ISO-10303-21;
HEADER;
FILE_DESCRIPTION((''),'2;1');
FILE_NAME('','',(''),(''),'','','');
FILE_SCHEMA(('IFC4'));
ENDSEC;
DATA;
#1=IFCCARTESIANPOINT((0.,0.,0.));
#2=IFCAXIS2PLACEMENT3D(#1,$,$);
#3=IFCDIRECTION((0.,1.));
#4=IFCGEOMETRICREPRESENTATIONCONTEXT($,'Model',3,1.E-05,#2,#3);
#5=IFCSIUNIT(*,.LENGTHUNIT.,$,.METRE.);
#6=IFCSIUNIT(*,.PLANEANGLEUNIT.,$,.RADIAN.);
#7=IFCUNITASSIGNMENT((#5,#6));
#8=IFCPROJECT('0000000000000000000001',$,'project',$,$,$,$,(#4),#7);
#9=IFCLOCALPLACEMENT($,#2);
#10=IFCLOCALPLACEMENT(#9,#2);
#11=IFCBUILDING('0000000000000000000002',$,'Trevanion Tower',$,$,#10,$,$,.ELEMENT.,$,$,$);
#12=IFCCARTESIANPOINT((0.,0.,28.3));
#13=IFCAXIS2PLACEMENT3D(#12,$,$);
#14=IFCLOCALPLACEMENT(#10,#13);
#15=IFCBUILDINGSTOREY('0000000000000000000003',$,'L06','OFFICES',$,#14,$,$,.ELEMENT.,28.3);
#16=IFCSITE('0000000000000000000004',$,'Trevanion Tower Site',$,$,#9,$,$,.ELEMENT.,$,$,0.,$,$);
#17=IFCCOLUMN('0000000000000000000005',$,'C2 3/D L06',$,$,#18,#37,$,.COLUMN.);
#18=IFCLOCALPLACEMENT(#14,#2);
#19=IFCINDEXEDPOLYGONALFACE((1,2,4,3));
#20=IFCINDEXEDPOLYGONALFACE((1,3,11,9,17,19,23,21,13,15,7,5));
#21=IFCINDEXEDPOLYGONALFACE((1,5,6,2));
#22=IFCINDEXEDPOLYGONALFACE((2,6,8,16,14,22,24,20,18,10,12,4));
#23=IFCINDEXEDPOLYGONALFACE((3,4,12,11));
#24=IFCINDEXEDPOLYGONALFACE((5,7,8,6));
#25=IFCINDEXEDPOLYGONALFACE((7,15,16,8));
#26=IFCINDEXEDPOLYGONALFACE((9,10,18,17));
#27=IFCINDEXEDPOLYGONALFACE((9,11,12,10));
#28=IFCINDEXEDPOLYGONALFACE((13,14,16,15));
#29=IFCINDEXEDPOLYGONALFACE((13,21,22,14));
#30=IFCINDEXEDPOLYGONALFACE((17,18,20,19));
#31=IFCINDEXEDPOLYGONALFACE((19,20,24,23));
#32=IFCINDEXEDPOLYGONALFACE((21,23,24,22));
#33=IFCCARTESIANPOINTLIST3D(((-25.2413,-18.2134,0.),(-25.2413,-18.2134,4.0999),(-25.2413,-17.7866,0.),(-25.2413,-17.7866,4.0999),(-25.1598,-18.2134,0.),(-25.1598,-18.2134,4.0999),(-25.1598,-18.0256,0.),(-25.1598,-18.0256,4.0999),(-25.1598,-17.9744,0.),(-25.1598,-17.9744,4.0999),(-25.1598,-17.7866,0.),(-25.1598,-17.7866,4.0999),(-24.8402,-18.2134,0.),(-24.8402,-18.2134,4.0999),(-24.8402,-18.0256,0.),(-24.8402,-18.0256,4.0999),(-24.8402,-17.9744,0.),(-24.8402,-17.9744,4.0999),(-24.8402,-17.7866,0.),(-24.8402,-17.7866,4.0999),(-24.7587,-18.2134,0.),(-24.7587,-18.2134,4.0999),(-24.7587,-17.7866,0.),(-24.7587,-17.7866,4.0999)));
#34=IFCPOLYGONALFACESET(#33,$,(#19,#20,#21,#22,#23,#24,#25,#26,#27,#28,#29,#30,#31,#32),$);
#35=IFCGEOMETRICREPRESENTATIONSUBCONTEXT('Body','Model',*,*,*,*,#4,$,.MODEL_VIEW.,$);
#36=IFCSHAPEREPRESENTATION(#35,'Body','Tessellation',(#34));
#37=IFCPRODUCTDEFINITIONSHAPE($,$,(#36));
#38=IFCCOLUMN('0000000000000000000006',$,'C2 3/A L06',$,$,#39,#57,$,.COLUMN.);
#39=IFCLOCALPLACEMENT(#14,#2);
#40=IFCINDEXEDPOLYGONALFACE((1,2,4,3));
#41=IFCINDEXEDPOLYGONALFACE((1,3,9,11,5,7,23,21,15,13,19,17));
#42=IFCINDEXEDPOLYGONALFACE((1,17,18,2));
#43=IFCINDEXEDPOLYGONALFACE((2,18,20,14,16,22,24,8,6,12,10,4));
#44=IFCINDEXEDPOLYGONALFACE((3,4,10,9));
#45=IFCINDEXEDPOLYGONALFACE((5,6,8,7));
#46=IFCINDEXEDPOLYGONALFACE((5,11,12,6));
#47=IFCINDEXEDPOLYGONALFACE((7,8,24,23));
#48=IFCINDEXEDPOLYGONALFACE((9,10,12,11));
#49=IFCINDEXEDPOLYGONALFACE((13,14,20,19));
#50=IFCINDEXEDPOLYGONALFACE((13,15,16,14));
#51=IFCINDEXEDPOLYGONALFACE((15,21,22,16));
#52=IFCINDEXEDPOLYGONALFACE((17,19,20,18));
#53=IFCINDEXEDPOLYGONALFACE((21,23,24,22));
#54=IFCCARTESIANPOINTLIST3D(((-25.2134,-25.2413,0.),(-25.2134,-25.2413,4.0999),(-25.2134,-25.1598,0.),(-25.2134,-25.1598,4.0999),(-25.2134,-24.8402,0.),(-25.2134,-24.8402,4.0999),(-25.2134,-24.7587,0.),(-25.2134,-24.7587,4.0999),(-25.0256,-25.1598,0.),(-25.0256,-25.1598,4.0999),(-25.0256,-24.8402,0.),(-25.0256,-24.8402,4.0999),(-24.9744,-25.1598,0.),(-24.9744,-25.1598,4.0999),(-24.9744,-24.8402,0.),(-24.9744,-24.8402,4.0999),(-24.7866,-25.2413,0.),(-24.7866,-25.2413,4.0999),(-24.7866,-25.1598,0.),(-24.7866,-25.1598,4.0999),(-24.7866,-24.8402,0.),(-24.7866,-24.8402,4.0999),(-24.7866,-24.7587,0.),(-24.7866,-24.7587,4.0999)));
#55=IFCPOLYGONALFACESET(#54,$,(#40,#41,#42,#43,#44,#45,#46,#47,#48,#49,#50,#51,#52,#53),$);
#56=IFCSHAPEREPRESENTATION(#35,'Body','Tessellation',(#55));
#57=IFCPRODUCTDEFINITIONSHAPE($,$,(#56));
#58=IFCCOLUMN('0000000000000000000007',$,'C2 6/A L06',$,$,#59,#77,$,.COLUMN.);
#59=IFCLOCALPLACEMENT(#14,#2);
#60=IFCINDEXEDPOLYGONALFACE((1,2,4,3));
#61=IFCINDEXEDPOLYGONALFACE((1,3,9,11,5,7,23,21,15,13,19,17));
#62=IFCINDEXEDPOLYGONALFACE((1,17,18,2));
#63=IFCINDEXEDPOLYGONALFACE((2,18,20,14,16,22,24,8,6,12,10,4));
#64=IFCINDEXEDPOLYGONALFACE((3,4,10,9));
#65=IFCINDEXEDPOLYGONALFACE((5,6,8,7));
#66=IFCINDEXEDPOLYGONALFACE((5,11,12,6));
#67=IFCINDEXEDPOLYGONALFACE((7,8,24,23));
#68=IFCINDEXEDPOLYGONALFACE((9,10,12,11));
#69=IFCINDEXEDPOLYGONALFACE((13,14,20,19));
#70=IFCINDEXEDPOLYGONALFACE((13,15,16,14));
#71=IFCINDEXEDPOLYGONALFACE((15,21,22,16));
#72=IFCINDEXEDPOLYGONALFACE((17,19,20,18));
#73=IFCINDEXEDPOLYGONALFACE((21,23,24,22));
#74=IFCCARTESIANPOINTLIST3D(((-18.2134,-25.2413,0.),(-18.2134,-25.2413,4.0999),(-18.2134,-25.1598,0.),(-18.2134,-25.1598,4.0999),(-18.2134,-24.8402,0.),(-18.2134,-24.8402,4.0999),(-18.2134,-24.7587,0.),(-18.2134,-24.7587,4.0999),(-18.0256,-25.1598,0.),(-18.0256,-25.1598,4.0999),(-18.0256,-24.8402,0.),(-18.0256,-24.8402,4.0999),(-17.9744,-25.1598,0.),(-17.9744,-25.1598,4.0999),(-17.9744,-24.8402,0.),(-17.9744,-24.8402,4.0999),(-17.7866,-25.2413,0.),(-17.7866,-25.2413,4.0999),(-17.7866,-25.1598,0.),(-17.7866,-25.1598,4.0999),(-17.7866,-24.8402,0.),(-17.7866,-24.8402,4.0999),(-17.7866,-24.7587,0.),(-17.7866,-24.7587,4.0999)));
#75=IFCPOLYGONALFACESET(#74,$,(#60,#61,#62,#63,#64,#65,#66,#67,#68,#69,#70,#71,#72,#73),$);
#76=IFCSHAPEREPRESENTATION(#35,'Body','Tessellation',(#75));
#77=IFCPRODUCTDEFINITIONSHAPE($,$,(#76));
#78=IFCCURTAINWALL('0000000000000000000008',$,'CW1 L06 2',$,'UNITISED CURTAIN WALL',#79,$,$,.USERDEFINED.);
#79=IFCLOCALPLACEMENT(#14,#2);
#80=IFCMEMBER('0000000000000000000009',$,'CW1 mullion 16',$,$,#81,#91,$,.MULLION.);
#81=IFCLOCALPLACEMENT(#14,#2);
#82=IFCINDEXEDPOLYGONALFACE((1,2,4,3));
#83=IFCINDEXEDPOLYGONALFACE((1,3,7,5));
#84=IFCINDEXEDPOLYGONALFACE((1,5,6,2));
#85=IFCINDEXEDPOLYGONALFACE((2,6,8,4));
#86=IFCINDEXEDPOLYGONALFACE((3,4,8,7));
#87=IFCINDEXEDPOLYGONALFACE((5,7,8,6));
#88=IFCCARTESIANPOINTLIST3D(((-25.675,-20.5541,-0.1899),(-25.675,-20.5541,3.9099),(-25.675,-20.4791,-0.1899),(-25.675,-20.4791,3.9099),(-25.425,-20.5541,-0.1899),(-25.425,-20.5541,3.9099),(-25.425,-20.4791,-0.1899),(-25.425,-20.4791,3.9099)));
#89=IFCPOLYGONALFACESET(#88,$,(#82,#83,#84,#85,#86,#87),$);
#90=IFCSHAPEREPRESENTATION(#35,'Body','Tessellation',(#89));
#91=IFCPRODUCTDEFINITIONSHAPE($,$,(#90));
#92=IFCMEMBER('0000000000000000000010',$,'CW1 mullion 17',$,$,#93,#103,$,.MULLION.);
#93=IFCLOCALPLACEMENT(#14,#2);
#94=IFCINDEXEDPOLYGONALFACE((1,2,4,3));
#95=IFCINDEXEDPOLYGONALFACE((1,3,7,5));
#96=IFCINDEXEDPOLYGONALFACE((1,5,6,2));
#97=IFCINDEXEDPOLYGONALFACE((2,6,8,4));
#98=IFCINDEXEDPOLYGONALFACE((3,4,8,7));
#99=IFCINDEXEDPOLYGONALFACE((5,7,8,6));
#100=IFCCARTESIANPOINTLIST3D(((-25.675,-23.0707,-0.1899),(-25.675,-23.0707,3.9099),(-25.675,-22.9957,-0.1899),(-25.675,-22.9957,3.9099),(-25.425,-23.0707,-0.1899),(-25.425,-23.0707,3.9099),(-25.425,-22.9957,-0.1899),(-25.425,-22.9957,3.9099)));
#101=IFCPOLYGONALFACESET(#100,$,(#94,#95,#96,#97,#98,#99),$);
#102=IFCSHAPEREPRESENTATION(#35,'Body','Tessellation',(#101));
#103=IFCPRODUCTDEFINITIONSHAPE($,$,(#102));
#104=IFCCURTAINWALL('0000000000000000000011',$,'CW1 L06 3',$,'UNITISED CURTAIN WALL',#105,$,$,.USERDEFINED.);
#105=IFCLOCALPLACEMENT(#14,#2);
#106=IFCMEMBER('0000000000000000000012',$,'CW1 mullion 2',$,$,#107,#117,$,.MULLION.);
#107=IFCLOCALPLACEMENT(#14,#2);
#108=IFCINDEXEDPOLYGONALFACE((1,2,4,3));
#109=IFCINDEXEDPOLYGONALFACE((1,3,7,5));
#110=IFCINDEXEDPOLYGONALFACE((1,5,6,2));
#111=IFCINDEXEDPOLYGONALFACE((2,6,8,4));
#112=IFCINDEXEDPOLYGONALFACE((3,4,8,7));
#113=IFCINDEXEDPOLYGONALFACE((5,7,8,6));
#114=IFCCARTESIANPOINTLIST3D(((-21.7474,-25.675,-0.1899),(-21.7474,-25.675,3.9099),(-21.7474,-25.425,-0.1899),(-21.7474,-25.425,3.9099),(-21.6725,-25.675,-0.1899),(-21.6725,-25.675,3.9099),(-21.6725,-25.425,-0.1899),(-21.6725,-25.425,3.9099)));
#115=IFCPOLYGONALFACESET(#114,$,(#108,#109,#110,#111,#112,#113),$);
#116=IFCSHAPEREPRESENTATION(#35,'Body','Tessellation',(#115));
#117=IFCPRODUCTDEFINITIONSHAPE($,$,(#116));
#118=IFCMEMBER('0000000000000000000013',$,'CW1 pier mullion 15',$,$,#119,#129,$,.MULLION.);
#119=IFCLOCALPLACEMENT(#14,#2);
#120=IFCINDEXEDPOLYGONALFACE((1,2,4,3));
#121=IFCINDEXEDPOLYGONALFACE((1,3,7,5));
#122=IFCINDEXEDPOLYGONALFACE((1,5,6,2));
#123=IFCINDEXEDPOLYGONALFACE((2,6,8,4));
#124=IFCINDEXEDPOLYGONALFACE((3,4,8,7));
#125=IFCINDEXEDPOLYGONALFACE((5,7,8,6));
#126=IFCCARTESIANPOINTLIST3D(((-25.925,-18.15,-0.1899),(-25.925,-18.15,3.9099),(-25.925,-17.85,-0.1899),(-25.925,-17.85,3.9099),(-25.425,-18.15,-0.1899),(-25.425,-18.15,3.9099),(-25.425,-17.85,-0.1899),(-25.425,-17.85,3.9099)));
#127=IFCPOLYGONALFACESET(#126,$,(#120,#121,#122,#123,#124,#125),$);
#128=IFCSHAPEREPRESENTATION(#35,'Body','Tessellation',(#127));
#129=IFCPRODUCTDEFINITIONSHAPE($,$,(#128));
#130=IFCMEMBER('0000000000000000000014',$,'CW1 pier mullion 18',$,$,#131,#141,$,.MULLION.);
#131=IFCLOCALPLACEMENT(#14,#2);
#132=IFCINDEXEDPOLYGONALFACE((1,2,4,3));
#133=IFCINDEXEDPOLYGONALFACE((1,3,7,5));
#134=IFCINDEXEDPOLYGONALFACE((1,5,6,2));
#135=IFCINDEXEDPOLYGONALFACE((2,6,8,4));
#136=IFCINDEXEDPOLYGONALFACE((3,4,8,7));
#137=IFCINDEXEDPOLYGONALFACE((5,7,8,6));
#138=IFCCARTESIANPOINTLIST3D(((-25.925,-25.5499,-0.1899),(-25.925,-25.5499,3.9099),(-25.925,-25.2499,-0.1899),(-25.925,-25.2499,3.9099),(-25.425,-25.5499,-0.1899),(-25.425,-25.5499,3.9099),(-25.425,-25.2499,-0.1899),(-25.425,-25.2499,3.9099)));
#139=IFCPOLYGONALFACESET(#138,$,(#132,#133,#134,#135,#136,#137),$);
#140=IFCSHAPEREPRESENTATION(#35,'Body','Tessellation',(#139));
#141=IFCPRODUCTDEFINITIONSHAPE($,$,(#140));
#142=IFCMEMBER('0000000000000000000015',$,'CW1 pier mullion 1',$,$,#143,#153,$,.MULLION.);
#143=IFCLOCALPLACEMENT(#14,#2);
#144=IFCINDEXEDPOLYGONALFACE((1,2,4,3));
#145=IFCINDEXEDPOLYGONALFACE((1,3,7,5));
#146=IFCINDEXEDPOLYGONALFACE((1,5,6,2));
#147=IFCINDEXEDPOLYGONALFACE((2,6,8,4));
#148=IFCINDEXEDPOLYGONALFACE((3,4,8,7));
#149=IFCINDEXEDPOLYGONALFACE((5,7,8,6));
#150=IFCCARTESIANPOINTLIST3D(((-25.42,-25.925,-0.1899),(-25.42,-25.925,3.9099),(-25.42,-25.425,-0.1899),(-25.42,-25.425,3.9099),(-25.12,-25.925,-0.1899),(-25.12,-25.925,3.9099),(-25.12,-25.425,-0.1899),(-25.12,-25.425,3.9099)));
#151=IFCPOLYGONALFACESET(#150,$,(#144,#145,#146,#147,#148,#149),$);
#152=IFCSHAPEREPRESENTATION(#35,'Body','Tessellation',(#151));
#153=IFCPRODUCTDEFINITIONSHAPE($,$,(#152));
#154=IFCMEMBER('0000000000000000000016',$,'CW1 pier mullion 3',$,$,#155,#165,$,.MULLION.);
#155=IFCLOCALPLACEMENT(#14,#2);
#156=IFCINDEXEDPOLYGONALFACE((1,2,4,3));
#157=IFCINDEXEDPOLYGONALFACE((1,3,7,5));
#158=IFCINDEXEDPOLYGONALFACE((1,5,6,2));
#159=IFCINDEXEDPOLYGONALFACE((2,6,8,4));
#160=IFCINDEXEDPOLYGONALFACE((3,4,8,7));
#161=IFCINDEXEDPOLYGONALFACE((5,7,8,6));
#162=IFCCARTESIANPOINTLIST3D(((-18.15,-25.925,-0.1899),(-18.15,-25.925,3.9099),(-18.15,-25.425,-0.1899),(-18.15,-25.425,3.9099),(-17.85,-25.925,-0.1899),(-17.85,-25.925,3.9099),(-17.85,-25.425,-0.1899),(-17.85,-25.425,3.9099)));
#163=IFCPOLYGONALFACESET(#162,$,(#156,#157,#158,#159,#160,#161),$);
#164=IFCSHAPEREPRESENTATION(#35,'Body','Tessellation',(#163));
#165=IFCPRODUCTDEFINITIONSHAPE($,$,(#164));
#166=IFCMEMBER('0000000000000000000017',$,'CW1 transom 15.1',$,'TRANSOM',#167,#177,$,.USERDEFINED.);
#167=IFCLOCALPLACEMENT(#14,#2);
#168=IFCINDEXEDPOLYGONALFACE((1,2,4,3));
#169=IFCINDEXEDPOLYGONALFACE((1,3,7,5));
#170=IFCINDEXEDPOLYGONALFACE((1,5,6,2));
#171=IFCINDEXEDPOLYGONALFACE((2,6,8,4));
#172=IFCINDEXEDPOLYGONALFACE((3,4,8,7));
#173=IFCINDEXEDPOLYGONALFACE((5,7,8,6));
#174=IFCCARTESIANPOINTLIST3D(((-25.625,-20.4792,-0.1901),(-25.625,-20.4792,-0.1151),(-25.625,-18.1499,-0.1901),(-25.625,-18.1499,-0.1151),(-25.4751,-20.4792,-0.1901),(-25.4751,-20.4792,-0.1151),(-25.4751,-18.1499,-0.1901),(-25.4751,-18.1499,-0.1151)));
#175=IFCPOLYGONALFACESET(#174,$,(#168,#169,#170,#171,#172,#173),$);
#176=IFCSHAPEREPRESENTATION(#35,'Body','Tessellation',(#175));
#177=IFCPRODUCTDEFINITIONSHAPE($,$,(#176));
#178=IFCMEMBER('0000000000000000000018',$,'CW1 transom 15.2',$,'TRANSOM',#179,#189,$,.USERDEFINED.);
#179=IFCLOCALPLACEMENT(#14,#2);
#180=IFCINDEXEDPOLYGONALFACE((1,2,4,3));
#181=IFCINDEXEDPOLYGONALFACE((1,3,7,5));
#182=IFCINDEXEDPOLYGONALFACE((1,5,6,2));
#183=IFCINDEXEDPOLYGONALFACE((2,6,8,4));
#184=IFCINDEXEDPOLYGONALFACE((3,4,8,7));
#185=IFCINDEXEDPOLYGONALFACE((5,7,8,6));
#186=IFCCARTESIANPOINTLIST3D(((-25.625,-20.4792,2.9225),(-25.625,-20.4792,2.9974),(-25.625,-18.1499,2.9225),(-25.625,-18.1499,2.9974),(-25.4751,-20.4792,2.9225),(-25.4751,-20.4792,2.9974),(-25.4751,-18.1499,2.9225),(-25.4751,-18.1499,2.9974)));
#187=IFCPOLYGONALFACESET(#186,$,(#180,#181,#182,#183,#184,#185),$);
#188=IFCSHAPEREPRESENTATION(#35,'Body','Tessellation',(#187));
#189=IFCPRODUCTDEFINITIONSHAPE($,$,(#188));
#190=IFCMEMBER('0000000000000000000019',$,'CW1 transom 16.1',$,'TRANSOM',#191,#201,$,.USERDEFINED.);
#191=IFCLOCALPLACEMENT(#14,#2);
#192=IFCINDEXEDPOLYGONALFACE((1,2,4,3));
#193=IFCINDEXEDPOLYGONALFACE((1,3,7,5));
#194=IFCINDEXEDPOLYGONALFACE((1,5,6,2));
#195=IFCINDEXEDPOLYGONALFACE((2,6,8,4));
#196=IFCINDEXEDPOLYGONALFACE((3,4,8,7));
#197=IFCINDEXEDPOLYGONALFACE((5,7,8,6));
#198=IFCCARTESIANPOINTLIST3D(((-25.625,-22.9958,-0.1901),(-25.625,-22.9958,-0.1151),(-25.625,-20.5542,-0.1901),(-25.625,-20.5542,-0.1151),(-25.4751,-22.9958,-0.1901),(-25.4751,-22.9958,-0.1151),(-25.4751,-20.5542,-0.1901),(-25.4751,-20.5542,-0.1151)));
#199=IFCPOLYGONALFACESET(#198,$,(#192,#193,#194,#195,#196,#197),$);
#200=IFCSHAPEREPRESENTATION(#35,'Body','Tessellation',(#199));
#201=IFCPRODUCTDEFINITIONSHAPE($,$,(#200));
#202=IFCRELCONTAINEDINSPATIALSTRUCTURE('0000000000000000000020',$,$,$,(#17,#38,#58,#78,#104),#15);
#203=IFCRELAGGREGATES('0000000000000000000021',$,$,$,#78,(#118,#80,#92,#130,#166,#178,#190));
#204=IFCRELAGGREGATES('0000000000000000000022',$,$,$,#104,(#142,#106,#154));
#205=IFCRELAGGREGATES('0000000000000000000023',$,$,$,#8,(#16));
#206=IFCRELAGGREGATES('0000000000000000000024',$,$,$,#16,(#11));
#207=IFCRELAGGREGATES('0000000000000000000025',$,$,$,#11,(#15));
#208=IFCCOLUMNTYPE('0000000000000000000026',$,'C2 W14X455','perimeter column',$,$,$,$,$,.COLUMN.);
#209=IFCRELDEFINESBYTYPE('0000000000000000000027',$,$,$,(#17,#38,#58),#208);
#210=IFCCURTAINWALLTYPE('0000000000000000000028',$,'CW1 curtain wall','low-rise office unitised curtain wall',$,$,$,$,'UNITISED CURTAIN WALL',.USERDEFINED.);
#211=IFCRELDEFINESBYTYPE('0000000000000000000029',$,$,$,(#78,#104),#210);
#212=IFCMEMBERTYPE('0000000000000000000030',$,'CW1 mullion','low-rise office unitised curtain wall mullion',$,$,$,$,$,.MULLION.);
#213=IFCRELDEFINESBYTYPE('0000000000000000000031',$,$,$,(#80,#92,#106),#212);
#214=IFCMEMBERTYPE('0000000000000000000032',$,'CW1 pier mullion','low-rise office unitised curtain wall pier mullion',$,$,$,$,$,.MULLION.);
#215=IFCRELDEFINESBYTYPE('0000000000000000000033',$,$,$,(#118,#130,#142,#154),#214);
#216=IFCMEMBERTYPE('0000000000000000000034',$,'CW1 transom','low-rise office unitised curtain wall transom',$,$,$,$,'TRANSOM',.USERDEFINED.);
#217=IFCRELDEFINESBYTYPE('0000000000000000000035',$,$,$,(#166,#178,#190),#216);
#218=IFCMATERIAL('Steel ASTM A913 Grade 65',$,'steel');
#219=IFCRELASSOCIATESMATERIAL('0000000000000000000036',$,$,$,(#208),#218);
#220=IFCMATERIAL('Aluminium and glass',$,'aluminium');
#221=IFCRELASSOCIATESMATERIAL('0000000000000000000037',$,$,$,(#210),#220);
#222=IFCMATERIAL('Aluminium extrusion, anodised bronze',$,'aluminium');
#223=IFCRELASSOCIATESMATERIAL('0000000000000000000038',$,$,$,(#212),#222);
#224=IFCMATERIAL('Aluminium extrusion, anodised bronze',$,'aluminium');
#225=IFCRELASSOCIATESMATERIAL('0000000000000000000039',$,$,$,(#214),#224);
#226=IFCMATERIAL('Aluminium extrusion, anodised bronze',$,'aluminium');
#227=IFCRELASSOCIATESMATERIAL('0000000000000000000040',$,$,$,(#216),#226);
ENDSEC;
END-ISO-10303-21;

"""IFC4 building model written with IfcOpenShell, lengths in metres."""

from ifc_helpers import new_model, si_unit, direction, frame, origin, origin_2d, place, context, subcontext, project, spatial, rectangle, i_section, extrude, material, material_profile, profile_set, type_object, element, aggregate, save


model = new_model("IFC4")

# Units and contexts
model_context = context("Model", 3, precision=1e-05, world=origin(), true_north=direction((0.0, 1.0)))
body_context = subcontext(model_context, "Body", "Model", "MODEL_VIEW")
ifc_project = project(units=[si_unit("LENGTHUNIT", "METRE"), si_unit("PLANEANGLEUNIT", "RADIAN")], contexts=[model_context])

# Site, building, storey
site_placement = place(None, origin())
site = spatial("IfcSite", under=ifc_project, at=site_placement, Name="Trevanion Tower Site", CompositionType="ELEMENT", RefElevation=0.0)
building_placement = place(site_placement, origin())
building = spatial("IfcBuilding", under=site, at=building_placement, Name="Trevanion Tower", CompositionType="ELEMENT")
storey_placement = place(building_placement, frame((0.0, 0.0, 28.3)))
storey = spatial("IfcBuildingStorey", under=building, at=storey_placement, Name="L06", Description="OFFICES", CompositionType="ELEMENT", Elevation=28.3)

# Columns
ifc_material_1 = material(Name="Steel ASTM A913 Grade 65", Category="steel")
ifc_material_profile_1 = material_profile(ifc_material_1, i_section(OverallWidth=0.4268, OverallDepth=0.4827, WebThickness=0.0513, FlangeThickness=0.0815, at=origin_2d()), Name="W14X455")
ifc_profile_set_1 = profile_set([ifc_material_profile_1], Name="Steel ASTM A913 Grade 65")
column_type = type_object("IfcColumnType", Name="C2 W14X455", Description="perimeter column", PredefinedType="COLUMN", material=ifc_profile_set_1)
for number, where, z_axis, x_axis, name in (
    (1, (-25.0, -18.0, 0.0), (0.0, 0.0, 1.0), (0.0, 1.0, 0.0), "C2 3/D L06"),
    (2, (-25.0, -25.0, 0.0), (0.0, 0.0, 1.0), (1.0, 0.0, 0.0), "C2 3/A L06"),
    (3, (-18.0, -25.0, 0.0), (0.0, 0.0, 1.0), (1.0, 0.0, 0.0), "C2 6/A L06"),
):
    element("IfcColumn", number, at=place(storey_placement, frame(where, z_axis=z_axis, x_axis=x_axis)), inside=storey, type_object=column_type, Name=name, PredefinedType="COLUMN", context=body_context, shape_type="SweptSolid", body=[
        extrude(i_section(OverallWidth=0.4268, OverallDepth=0.4827, WebThickness=0.0513, FlangeThickness=0.0815, at=origin_2d()), origin(), (0.0, 0.0, 1.0), 4.0999),
    ])

# Curtain wall, members
ifc_material_2 = material(Name="Aluminium and glass", Category="aluminium")
curtain_wall_type = type_object("IfcCurtainWallType", Name="CW1 curtain wall", Description="low-rise office unitised curtain wall", ElementType="UNITISED CURTAIN WALL", PredefinedType="USERDEFINED", material=ifc_material_2)
curtain_wall_1_placement = place(storey_placement, origin())
curtain_wall_1 = element("IfcCurtainWall", 4, at=curtain_wall_1_placement, inside=storey, type_object=curtain_wall_type, Name="CW1 L06 2", ObjectType="UNITISED CURTAIN WALL", PredefinedType="USERDEFINED")
ifc_material_3 = material(Name="Aluminium extrusion, anodised bronze", Category="aluminium")
ifc_material_profile_2 = material_profile(ifc_material_3, rectangle(XDim=0.075, YDim=0.25, at=origin_2d()), Name="CW1 mullion")
ifc_profile_set_2 = profile_set([ifc_material_profile_2], Name="Aluminium extrusion, anodised bronze")
member_type_1 = type_object("IfcMemberType", Name="CW1 mullion", Description="low-rise office unitised curtain wall mullion", PredefinedType="MULLION", material=ifc_profile_set_2)
member_1_placement = place(storey_placement, frame((-25.55, -20.5166, -0.1899), z_axis=(0.0, 0.0, 1.0), x_axis=(0.0, -1.0, 0.0)))
member_1 = element("IfcMember", 5, at=member_1_placement, type_object=member_type_1, Name="CW1 mullion 16", PredefinedType="MULLION", context=body_context, shape_type="SweptSolid", body=[
    extrude(rectangle(XDim=0.075, YDim=0.25, at=origin_2d()), origin(), (0.0, 0.0, 1.0), 4.0999),
])
member_2_placement = place(storey_placement, frame((-25.55, -23.0332, -0.1899), z_axis=(0.0, 0.0, 1.0), x_axis=(0.0, -1.0, 0.0)))
member_2 = element("IfcMember", 6, at=member_2_placement, type_object=member_type_1, Name="CW1 mullion 17", PredefinedType="MULLION", context=body_context, shape_type="SweptSolid", body=[
    extrude(rectangle(XDim=0.075, YDim=0.25, at=origin_2d()), origin(), (0.0, 0.0, 1.0), 4.0999),
])

# Curtain wall, member
curtain_wall_2_placement = place(storey_placement, origin())
curtain_wall_2 = element("IfcCurtainWall", 7, at=curtain_wall_2_placement, inside=storey, type_object=curtain_wall_type, Name="CW1 L06 3", ObjectType="UNITISED CURTAIN WALL", PredefinedType="USERDEFINED")
member_3_placement = place(storey_placement, frame((-21.71, -25.55, -0.1899), z_axis=(0.0, 0.0, 1.0), x_axis=(1.0, 0.0, 0.0)))
member_3 = element("IfcMember", 8, at=member_3_placement, type_object=member_type_1, Name="CW1 mullion 2", PredefinedType="MULLION", context=body_context, shape_type="SweptSolid", body=[
    extrude(rectangle(XDim=0.075, YDim=0.25, at=origin_2d()), origin(), (0.0, 0.0, 1.0), 4.0999),
])

# Members
ifc_material_4 = material(Name="Aluminium extrusion, anodised bronze", Category="aluminium")
ifc_material_profile_3 = material_profile(ifc_material_4, rectangle(XDim=0.3, YDim=0.5, at=origin_2d()), Name="CW1 pier mullion")
ifc_profile_set_3 = profile_set([ifc_material_profile_3], Name="Aluminium extrusion, anodised bronze")
member_type_2 = type_object("IfcMemberType", Name="CW1 pier mullion", Description="low-rise office unitised curtain wall pier mullion", PredefinedType="MULLION", material=ifc_profile_set_3)
member_4_placement = place(storey_placement, frame((-25.675, -18.0, -0.1899), z_axis=(0.0, 0.0, 1.0), x_axis=(0.0, -1.0, 0.0)))
member_4 = element("IfcMember", 9, at=member_4_placement, type_object=member_type_2, Name="CW1 pier mullion 15", PredefinedType="MULLION", context=body_context, shape_type="SweptSolid", body=[
    extrude(rectangle(XDim=0.3, YDim=0.5, at=origin_2d()), origin(), (0.0, 0.0, 1.0), 4.0999),
])
member_5_placement = place(storey_placement, frame((-25.675, -25.3999, -0.1899), z_axis=(0.0, 0.0, 1.0), x_axis=(0.0, -1.0, 0.0)))
member_5 = element("IfcMember", 10, at=member_5_placement, type_object=member_type_2, Name="CW1 pier mullion 18", PredefinedType="MULLION", context=body_context, shape_type="SweptSolid", body=[
    extrude(rectangle(XDim=0.3, YDim=0.5, at=origin_2d()), origin(), (0.0, 0.0, 1.0), 4.0999),
])
member_6_placement = place(storey_placement, frame((-25.27, -25.675, -0.1899), z_axis=(0.0, 0.0, 1.0), x_axis=(1.0, 0.0, 0.0)))
member_6 = element("IfcMember", 11, at=member_6_placement, type_object=member_type_2, Name="CW1 pier mullion 1", PredefinedType="MULLION", context=body_context, shape_type="SweptSolid", body=[
    extrude(rectangle(XDim=0.3, YDim=0.5, at=origin_2d()), origin(), (0.0, 0.0, 1.0), 4.0999),
])
member_7_placement = place(storey_placement, frame((-18.0, -25.675, -0.1899), z_axis=(0.0, 0.0, 1.0), x_axis=(1.0, 0.0, 0.0)))
member_7 = element("IfcMember", 12, at=member_7_placement, type_object=member_type_2, Name="CW1 pier mullion 3", PredefinedType="MULLION", context=body_context, shape_type="SweptSolid", body=[
    extrude(rectangle(XDim=0.3, YDim=0.5, at=origin_2d()), origin(), (0.0, 0.0, 1.0), 4.0999),
])
ifc_material_5 = material(Name="Aluminium extrusion, anodised bronze", Category="aluminium")
ifc_material_profile_4 = material_profile(ifc_material_5, rectangle(XDim=0.1499, YDim=0.075, at=origin_2d()), Name="CW1 transom")
ifc_profile_set_4 = profile_set([ifc_material_profile_4], Name="Aluminium extrusion, anodised bronze")
member_type_3 = type_object("IfcMemberType", Name="CW1 transom", Description="low-rise office unitised curtain wall transom", ElementType="TRANSOM", PredefinedType="USERDEFINED", material=ifc_profile_set_4)
member_8_placement = place(storey_placement, frame((-25.55, -18.1499, -0.1526), z_axis=(0.0, -1.0, 0.0), x_axis=(1.0, 0.0, 0.0)))
member_8 = element("IfcMember", 13, at=member_8_placement, type_object=member_type_3, Name="CW1 transom 15.1", ObjectType="TRANSOM", PredefinedType="USERDEFINED", context=body_context, shape_type="SweptSolid", body=[
    extrude(rectangle(XDim=0.1499, YDim=0.075, at=origin_2d()), origin(), (0.0, 0.0, 1.0), 2.3293),
])
member_9_placement = place(storey_placement, frame((-25.55, -18.1499, 2.96), z_axis=(0.0, -1.0, 0.0), x_axis=(1.0, 0.0, 0.0)))
member_9 = element("IfcMember", 14, at=member_9_placement, type_object=member_type_3, Name="CW1 transom 15.2", ObjectType="TRANSOM", PredefinedType="USERDEFINED", context=body_context, shape_type="SweptSolid", body=[
    extrude(rectangle(XDim=0.1499, YDim=0.075, at=origin_2d()), origin(), (0.0, 0.0, 1.0), 2.3293),
])
member_10_placement = place(storey_placement, frame((-25.55, -20.5542, -0.1526), z_axis=(0.0, -1.0, 0.0), x_axis=(1.0, 0.0, 0.0)))
member_10 = element("IfcMember", 15, at=member_10_placement, type_object=member_type_3, Name="CW1 transom 16.1", ObjectType="TRANSOM", PredefinedType="USERDEFINED", context=body_context, shape_type="SweptSolid", body=[
    extrude(rectangle(XDim=0.1499, YDim=0.075, at=origin_2d()), origin(), (0.0, 0.0, 1.0), 2.4417),
])

aggregate(curtain_wall_1, [member_4, member_1, member_2, member_5, member_8, member_9, member_10])
aggregate(curtain_wall_2, [member_6, member_3, member_7])

save(model, "model.ifc")
